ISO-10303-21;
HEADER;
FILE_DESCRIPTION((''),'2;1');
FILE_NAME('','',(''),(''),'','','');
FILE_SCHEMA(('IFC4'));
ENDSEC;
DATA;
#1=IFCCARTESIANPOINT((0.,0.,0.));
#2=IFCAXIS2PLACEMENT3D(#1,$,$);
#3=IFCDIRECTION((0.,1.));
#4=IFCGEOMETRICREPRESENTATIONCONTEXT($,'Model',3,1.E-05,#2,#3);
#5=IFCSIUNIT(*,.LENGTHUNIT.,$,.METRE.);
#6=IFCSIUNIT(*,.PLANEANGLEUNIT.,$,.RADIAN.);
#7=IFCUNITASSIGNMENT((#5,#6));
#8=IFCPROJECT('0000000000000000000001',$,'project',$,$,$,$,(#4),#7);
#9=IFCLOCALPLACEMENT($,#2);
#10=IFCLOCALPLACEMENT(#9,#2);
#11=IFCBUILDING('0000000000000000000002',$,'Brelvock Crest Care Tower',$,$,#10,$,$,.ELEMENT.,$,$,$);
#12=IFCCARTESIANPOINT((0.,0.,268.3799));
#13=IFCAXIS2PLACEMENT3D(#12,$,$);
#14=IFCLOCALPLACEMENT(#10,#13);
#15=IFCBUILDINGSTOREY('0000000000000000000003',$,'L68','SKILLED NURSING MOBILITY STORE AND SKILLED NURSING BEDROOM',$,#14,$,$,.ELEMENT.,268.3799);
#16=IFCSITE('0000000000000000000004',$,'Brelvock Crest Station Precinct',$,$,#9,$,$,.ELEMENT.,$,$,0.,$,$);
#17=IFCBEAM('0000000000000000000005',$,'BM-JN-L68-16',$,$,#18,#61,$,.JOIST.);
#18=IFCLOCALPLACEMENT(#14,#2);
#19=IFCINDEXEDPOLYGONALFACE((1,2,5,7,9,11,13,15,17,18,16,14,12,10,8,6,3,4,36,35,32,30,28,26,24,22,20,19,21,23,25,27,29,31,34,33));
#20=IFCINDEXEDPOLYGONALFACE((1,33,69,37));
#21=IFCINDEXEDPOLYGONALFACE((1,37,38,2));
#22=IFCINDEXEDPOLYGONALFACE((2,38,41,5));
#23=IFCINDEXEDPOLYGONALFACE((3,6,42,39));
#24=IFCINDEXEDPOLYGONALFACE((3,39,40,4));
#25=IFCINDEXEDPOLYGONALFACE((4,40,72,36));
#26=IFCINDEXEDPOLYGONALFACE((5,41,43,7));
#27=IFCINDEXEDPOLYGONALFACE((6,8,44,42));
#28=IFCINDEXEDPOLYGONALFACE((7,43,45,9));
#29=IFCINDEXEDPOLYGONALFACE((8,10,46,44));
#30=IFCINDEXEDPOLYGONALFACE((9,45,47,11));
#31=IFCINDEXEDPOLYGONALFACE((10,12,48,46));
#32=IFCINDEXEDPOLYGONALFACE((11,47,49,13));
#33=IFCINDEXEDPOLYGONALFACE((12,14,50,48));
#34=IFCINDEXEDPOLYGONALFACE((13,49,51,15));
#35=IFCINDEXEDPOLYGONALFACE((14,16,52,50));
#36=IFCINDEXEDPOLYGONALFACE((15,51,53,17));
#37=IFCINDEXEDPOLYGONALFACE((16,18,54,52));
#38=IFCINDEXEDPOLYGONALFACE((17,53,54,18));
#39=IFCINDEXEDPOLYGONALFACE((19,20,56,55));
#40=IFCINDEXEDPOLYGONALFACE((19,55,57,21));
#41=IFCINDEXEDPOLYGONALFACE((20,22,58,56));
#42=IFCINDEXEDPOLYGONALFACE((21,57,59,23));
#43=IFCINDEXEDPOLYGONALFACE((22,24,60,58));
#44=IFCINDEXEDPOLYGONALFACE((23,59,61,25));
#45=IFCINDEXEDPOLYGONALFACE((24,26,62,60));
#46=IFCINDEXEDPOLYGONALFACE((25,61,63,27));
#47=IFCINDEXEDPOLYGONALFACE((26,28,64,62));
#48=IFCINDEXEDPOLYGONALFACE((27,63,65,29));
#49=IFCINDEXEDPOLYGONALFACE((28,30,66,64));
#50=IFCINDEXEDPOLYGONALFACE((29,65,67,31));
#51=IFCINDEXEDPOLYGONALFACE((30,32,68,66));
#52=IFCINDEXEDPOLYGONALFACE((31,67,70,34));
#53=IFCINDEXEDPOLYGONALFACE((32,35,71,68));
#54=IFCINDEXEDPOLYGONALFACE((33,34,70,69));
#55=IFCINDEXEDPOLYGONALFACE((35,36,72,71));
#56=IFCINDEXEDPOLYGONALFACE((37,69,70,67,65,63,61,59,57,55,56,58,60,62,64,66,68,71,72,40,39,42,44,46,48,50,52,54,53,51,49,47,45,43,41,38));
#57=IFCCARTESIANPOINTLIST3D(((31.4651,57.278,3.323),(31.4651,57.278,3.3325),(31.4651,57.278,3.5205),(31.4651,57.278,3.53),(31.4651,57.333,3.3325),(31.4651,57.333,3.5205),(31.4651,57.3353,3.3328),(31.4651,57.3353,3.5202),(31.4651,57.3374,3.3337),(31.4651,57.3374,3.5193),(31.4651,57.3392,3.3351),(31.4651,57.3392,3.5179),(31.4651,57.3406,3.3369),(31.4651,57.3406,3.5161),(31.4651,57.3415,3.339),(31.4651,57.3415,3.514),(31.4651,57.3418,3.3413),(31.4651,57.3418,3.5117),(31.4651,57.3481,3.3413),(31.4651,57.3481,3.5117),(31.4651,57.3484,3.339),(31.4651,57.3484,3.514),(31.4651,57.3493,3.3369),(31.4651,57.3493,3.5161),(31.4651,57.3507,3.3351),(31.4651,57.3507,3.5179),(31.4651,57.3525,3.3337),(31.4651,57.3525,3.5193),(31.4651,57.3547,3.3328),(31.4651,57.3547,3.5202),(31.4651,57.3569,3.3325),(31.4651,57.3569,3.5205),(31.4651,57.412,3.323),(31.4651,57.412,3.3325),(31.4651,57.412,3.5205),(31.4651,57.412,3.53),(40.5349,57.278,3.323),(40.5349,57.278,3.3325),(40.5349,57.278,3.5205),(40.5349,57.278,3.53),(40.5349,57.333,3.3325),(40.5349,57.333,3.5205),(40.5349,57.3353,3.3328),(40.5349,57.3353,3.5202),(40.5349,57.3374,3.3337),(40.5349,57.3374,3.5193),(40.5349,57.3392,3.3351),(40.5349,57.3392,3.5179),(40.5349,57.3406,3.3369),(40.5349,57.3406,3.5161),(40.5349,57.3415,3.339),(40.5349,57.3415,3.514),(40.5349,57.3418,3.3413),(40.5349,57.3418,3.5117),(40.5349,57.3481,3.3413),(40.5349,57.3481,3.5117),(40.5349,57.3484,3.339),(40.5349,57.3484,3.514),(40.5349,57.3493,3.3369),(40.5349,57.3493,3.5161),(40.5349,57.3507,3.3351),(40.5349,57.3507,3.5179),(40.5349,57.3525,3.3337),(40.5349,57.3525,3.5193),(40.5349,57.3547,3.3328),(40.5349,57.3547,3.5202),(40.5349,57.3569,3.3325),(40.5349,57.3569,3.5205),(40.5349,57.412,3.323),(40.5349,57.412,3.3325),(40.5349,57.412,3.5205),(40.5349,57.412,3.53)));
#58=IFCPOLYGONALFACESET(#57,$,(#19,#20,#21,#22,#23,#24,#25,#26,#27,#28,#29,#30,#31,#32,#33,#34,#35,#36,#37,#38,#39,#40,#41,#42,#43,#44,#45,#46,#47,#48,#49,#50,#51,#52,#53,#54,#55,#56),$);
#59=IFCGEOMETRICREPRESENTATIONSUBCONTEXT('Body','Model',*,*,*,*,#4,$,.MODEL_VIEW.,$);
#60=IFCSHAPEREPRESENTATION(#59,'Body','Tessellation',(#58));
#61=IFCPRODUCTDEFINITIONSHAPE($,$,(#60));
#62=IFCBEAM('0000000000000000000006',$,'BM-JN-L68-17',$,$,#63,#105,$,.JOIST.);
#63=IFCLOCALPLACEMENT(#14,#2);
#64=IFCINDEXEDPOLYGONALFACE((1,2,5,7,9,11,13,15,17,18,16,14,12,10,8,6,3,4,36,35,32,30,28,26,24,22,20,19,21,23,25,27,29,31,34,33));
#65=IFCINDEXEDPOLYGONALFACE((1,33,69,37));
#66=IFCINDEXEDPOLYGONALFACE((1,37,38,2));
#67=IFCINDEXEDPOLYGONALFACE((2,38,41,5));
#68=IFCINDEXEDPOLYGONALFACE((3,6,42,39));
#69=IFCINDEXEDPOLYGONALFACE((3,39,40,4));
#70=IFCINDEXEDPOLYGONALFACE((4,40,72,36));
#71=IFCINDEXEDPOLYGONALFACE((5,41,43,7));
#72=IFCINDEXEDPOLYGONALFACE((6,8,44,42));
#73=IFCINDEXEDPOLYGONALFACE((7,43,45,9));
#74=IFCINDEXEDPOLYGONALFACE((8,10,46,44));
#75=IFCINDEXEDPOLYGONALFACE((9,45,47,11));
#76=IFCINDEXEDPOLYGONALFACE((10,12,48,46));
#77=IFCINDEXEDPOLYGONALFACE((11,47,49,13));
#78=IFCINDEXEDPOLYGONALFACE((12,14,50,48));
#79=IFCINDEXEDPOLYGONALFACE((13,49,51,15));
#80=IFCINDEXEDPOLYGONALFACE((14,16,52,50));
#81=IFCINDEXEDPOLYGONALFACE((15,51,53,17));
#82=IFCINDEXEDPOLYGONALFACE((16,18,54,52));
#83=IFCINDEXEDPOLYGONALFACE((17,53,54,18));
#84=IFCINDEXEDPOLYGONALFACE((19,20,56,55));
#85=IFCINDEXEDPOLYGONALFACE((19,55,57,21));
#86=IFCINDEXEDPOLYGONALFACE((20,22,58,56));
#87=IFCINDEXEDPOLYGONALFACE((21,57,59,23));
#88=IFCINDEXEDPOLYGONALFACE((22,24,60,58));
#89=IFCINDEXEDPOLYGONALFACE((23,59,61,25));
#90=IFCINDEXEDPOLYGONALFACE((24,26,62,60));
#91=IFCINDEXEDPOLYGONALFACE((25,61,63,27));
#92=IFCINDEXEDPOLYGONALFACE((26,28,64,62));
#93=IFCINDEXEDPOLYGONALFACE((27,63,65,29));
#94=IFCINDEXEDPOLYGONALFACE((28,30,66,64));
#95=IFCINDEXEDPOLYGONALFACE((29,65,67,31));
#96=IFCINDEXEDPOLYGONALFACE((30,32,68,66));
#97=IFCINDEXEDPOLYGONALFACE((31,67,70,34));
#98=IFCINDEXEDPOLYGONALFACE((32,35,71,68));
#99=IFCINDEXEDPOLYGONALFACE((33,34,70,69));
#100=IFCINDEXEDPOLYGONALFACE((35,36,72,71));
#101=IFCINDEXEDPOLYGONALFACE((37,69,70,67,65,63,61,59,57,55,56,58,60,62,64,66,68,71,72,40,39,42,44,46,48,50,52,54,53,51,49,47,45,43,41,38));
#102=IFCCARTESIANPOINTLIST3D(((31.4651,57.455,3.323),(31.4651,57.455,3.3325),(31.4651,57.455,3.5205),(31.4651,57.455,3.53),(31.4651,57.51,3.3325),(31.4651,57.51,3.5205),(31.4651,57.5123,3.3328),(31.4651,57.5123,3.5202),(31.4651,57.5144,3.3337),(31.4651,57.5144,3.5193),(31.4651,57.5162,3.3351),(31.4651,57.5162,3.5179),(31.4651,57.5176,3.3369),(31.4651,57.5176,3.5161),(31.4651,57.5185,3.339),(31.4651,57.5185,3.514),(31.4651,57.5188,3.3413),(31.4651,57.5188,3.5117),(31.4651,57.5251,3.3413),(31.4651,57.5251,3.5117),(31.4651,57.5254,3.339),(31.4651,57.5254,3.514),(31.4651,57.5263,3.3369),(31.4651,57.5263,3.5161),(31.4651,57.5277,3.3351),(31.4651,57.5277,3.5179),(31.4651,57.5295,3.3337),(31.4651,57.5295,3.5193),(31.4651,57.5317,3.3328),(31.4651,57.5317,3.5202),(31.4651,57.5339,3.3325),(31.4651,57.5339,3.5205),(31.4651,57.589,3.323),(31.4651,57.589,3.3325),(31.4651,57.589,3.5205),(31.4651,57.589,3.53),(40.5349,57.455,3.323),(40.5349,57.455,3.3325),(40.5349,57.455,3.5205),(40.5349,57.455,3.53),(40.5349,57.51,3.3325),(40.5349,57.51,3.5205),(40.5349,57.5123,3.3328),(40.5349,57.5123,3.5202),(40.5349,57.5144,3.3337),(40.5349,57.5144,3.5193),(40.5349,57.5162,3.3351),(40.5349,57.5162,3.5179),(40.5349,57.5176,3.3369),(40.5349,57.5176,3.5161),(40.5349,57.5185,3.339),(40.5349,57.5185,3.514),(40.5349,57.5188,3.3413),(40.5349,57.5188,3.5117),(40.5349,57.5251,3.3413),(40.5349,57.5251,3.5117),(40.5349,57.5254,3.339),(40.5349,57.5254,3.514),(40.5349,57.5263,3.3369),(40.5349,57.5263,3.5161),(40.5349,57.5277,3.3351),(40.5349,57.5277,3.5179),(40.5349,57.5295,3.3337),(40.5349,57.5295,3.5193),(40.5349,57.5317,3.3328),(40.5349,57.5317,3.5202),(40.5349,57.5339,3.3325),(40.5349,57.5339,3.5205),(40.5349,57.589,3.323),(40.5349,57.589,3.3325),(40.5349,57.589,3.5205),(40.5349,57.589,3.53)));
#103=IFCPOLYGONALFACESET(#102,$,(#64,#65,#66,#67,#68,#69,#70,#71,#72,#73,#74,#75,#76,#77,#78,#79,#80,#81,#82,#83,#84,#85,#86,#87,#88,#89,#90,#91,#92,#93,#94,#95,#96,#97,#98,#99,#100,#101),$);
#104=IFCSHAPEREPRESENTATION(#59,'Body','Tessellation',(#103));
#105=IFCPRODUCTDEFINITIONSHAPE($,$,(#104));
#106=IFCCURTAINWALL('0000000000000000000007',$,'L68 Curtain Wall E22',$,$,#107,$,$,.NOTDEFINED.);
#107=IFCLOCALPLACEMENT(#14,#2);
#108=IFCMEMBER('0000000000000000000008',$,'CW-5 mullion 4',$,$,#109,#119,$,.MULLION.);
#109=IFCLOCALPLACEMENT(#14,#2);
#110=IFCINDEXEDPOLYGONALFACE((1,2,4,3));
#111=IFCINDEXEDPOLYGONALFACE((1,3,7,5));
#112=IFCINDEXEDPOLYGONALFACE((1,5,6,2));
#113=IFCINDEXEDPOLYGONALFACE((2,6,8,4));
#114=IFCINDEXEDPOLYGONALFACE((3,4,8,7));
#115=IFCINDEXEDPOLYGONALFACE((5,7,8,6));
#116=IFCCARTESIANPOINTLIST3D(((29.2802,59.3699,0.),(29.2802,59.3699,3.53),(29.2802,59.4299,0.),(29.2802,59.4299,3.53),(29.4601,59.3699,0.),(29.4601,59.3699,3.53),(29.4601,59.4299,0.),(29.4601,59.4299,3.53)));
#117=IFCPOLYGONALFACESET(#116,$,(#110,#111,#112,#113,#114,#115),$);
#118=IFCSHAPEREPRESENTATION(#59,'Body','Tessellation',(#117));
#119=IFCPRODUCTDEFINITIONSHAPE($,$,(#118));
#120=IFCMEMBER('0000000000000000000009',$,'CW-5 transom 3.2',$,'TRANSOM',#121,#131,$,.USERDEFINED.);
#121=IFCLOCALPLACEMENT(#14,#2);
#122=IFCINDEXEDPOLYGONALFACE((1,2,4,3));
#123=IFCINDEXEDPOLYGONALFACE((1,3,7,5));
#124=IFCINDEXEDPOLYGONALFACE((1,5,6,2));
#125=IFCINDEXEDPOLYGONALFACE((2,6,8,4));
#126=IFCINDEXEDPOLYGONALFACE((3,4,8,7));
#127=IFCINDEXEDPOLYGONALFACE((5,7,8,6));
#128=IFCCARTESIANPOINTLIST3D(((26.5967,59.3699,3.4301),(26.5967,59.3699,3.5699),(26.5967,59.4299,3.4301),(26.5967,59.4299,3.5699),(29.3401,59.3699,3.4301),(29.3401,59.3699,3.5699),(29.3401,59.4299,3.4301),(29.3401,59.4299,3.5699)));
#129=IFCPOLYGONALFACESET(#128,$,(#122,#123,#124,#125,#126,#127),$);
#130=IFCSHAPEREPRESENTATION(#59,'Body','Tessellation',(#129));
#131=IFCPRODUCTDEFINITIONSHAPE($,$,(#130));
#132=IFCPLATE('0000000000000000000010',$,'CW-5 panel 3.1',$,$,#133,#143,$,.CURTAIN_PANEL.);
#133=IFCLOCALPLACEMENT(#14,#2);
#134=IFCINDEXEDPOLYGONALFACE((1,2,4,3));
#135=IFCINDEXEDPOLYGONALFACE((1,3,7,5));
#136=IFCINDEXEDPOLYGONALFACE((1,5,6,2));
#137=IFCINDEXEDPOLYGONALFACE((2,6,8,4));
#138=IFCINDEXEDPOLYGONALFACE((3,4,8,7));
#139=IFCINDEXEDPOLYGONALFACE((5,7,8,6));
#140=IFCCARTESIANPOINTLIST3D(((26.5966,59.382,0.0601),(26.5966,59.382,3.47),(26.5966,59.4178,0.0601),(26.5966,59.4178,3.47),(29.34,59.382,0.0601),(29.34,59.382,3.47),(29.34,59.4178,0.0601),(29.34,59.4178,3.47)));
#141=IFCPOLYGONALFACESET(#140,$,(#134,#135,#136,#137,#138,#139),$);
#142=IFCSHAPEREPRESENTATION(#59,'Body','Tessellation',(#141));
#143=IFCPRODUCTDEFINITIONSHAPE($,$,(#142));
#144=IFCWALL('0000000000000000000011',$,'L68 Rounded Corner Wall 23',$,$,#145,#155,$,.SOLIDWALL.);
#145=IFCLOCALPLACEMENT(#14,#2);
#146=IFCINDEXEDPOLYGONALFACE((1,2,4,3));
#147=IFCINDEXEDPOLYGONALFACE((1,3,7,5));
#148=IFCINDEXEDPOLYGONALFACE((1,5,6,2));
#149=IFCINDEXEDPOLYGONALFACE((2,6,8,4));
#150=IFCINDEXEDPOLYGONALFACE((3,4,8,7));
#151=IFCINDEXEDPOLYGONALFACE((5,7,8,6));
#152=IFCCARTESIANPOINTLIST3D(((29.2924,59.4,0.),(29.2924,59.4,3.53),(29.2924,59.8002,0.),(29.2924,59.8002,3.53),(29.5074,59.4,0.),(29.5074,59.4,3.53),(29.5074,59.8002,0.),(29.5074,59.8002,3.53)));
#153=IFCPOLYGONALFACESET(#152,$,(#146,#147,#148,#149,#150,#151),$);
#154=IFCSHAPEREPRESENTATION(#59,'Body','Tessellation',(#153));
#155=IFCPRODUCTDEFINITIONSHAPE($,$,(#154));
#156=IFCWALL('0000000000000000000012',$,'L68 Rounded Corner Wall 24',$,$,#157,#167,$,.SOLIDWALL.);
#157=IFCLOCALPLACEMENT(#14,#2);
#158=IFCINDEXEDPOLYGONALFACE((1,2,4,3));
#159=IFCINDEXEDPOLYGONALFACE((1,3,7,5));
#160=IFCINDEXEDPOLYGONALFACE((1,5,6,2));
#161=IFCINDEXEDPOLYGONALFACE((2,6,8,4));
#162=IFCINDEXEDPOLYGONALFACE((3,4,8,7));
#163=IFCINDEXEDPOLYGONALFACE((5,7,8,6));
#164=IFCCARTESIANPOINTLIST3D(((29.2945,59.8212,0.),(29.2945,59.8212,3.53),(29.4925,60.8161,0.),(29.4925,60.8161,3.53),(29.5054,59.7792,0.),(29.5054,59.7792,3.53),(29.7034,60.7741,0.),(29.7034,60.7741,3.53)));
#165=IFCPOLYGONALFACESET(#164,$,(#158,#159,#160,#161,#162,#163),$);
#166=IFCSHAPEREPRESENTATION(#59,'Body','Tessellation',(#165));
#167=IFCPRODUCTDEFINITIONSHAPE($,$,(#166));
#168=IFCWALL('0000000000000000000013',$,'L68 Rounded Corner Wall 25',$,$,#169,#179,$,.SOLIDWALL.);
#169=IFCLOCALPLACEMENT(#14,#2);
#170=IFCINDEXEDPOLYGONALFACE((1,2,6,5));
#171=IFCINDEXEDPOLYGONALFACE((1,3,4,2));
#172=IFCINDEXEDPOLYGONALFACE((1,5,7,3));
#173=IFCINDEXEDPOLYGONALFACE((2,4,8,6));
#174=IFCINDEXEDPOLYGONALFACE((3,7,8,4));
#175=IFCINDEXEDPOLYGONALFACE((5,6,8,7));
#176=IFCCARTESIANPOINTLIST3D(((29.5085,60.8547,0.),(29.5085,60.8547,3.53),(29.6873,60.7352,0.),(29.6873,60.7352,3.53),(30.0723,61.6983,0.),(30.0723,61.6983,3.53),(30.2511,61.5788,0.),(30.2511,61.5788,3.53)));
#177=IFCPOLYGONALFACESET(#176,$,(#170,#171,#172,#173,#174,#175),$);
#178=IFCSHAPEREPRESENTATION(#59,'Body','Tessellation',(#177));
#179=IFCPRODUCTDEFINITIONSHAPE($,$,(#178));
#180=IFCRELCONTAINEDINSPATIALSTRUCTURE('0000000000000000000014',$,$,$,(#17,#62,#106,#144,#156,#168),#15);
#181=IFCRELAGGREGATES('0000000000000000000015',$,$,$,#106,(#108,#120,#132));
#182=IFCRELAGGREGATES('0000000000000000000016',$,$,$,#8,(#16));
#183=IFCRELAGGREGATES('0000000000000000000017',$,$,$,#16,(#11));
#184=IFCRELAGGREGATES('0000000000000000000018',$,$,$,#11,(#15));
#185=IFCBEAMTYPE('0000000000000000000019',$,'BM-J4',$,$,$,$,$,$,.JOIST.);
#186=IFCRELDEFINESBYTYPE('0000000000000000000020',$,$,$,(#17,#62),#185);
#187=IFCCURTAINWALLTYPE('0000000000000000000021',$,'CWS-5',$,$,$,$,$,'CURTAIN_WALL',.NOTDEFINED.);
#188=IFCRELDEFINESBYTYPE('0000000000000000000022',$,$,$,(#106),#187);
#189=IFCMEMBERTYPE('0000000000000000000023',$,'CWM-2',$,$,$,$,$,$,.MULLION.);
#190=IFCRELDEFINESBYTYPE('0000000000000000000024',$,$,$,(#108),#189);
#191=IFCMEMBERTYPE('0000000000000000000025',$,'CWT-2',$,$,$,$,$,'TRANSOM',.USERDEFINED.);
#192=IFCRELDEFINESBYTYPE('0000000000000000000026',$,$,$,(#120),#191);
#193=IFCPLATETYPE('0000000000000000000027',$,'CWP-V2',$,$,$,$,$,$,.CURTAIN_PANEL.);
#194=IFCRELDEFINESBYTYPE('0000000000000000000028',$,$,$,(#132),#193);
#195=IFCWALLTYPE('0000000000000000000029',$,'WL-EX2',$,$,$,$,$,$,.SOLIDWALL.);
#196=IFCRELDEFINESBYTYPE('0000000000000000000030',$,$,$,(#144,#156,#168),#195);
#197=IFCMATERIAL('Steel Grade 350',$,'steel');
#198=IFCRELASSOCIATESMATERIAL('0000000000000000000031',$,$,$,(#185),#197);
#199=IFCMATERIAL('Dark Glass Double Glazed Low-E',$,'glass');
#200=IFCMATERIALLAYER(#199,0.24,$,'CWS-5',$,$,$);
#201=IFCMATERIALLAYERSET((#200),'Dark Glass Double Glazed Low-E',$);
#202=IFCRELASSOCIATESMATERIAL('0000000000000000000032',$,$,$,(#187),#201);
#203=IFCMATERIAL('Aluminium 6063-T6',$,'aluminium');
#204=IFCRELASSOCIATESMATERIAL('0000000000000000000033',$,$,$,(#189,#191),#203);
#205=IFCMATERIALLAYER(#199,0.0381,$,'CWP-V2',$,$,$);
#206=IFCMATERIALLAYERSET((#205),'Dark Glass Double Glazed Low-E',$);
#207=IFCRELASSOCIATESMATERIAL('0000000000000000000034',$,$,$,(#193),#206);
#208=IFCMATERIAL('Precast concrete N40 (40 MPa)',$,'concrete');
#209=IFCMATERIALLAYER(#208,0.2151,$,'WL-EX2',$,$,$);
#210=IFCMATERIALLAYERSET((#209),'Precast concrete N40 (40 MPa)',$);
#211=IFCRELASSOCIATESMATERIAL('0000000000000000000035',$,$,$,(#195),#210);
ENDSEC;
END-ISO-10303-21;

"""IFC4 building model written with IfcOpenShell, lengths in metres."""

from ifc_helpers import new_model, si_unit, direction, frame, frame_2d, origin, origin_2d, place, context, subcontext, project, spatial, rectangle, i_section, extrude, source, transform, mapped, material, layer, layer_set, material_profile, profile_set, type_object, element, aggregate, save


model = new_model("IFC4")

# Units and contexts
model_context = context("Model", 3, precision=1e-05, world=origin(), true_north=direction((0.0, 1.0)))
body_context = subcontext(model_context, "Body", "Model", "MODEL_VIEW")
ifc_project = project(units=[si_unit("LENGTHUNIT", "METRE"), si_unit("PLANEANGLEUNIT", "RADIAN")], contexts=[model_context])

# Site, building, storey
site_placement = place(None, origin())
site = spatial("IfcSite", under=ifc_project, at=site_placement, Name="Brelvock Crest Station Precinct", CompositionType="ELEMENT", RefElevation=0.0)
building_placement = place(site_placement, origin())
building = spatial("IfcBuilding", under=site, at=building_placement, Name="Brelvock Crest Care Tower", CompositionType="ELEMENT")
storey_placement = place(building_placement, frame((0.0, 0.0, 268.3799)))
storey = spatial("IfcBuildingStorey", under=building, at=storey_placement, Name="L68", Description="SKILLED NURSING MOBILITY STORE AND SKILLED NURSING BEDROOM", CompositionType="ELEMENT", Elevation=268.3799)

# Shared definitions
ifc_material_1 = material(Name="Steel Grade 350", Category="steel")

# Beams
ifc_material_profile_1 = material_profile(ifc_material_1, i_section(OverallWidth=0.134, OverallDepth=0.207, WebThickness=0.0063, FlangeThickness=0.0095, FilletRadius=0.0088, at=origin_2d()), Name="200UB29.8")
ifc_profile_set_1 = profile_set([ifc_material_profile_1], Name="Steel Grade 350")
beam_type_1 = type_object("IfcBeamType", Name="BM-J4", PredefinedType="JOIST", material=ifc_profile_set_1)
shared_shape_1 = source(origin(), body_context, "Body", "SweptSolid", [
    extrude(i_section(OverallWidth=0.134, OverallDepth=0.207, WebThickness=0.0063, FlangeThickness=0.0095, FilletRadius=0.0088, at=origin_2d()), origin(), (0.0, 0.0, 1.0), 9.0698),
])
for number, where, z_axis, x_axis, name in (
    (1, (31.4651, 57.345, 3.4265), (1.0, 0.0, 0.0), (0.0, 1.0, 0.0), "BM-JN-L68-16"),
    (2, (31.4651, 57.522, 3.4265), (1.0, 0.0, 0.0), (0.0, 1.0, 0.0), "BM-JN-L68-17"),
):
    element("IfcBeam", number, at=place(storey_placement, frame(where, z_axis=z_axis, x_axis=x_axis)), inside=storey, type_object=beam_type_1, Name=name, PredefinedType="JOIST", context=body_context, shape_type="MappedRepresentation", body=[
        mapped(shared_shape_1, transform((0.0, 0.0, 0.0), x_axis=(1.0, 0.0, 0.0), y_axis=(0.0, 1.0, 0.0), z_axis=(0.0, 0.0, 1.0), scale=1.0)),
    ])

# Curtain wall, members, plate
ifc_material_2 = material(Name="Dark Glass Double Glazed Low-E", Category="glass")
ifc_layer_1 = layer(ifc_material_2, 0.24, Name="CWS-5")
ifc_layer_set_1 = layer_set([ifc_layer_1], Name="Dark Glass Double Glazed Low-E")
curtain_wall_type = type_object("IfcCurtainWallType", Name="CWS-5", ElementType="CURTAIN_WALL", PredefinedType="NOTDEFINED", material=ifc_layer_set_1)
curtain_wall_placement = place(storey_placement, origin())
curtain_wall = element("IfcCurtainWall", 3, at=curtain_wall_placement, inside=storey, type_object=curtain_wall_type, Name="L68 Curtain Wall E22", PredefinedType="NOTDEFINED")
ifc_material_3 = material(Name="Aluminium 6063-T6", Category="aluminium")
ifc_material_profile_2 = material_profile(ifc_material_3, rectangle(XDim=0.0601, YDim=0.1799, at=origin_2d()), Name="ALU60x180")
ifc_profile_set_2 = profile_set([ifc_material_profile_2], Name="Aluminium 6063-T6")
member_type_1 = type_object("IfcMemberType", Name="CWM-2", PredefinedType="MULLION", material=ifc_profile_set_2)
shared_shape_2 = source(origin(), body_context, "Body", "SweptSolid", [
    extrude(rectangle(XDim=0.0601, YDim=0.1799, at=origin_2d()), origin(), (0.0, 0.0, 1.0), 3.53),
])
member_1_placement = place(storey_placement, frame((29.3701, 59.3999, 0.0), z_axis=(0.0, 0.0, 1.0), x_axis=(0.0, 1.0, 0.0)))
member_1 = element("IfcMember", 4, at=member_1_placement, type_object=member_type_1, Name="CW-5 mullion 4", PredefinedType="MULLION", context=body_context, shape_type="MappedRepresentation", body=[
    mapped(shared_shape_2, transform((0.0, 0.0, 0.0), x_axis=(1.0, 0.0, 0.0), y_axis=(0.0, 1.0, 0.0), z_axis=(0.0, 0.0, 1.0), scale=1.0)),
])
ifc_material_profile_3 = material_profile(ifc_material_3, rectangle(XDim=0.0601, YDim=0.1399, at=origin_2d()), Name="ALU60x140")
ifc_profile_set_3 = profile_set([ifc_material_profile_3], Name="Aluminium 6063-T6")
member_type_2 = type_object("IfcMemberType", Name="CWT-2", ElementType="TRANSOM", PredefinedType="USERDEFINED", material=ifc_profile_set_3)
shared_shape_3 = source(origin(), body_context, "Body", "SweptSolid", [
    extrude(rectangle(XDim=0.0601, YDim=0.1399, at=origin_2d()), origin(), (0.0, 0.0, 1.0), 2.7434),
])
member_2_placement = place(storey_placement, frame((26.5967, 59.3999, 3.5), z_axis=(1.0, 0.0, 0.0), x_axis=(0.0, 1.0, 0.0)))
member_2 = element("IfcMember", 5, at=member_2_placement, type_object=member_type_2, Name="CW-5 transom 3.2", ObjectType="TRANSOM", PredefinedType="USERDEFINED", context=body_context, shape_type="MappedRepresentation", body=[
    mapped(shared_shape_3, transform((0.0, 0.0, 0.0), x_axis=(1.0, 0.0, 0.0), y_axis=(0.0, 1.0, 0.0), z_axis=(0.0, 0.0, 1.0), scale=1.0)),
])
ifc_layer_2 = layer(ifc_material_2, 0.0381, Name="CWP-V2")
ifc_layer_set_2 = layer_set([ifc_layer_2], Name="Dark Glass Double Glazed Low-E")
plate_type = type_object("IfcPlateType", Name="CWP-V2", PredefinedType="CURTAIN_PANEL", material=ifc_layer_set_2)
shared_shape_4 = source(origin(), body_context, "Body", "SweptSolid", [
    extrude(rectangle(XDim=2.7434, YDim=0.0359, at=origin_2d()), origin(), (0.0, 0.0, 1.0), 3.4099),
])
plate_placement = place(storey_placement, frame((27.9683, 59.3999, 0.0601), z_axis=(0.0, 0.0, 1.0), x_axis=(1.0, 0.0, 0.0)))
plate = element("IfcPlate", 6, at=plate_placement, type_object=plate_type, Name="CW-5 panel 3.1", PredefinedType="CURTAIN_PANEL", context=body_context, shape_type="MappedRepresentation", body=[
    mapped(shared_shape_4, transform((0.0, 0.0, 0.0), x_axis=(1.0, 0.0, 0.0), y_axis=(0.0, 1.0, 0.0), z_axis=(0.0, 0.0, 1.0), scale=1.0)),
])
aggregate(curtain_wall, [member_1, member_2, plate])

# Walls
ifc_material_4 = material(Name="Precast concrete N40 (40 MPa)", Category="concrete")
ifc_layer_3 = layer(ifc_material_4, 0.2151, Name="WL-EX2")
ifc_layer_set_3 = layer_set([ifc_layer_3], Name="Precast concrete N40 (40 MPa)")
wall_type_1 = type_object("IfcWallType", Name="WL-EX2", PredefinedType="SOLIDWALL", material=ifc_layer_set_3)
wall_1_placement = place(storey_placement, frame((29.3999, 59.3999, 0.0), z_axis=(0.0, 0.0, 1.0), x_axis=(0.0, 1.0, 0.0)))
element("IfcWall", 7, at=wall_1_placement, inside=storey, type_object=wall_type_1, Name="L68 Rounded Corner Wall 23", PredefinedType="SOLIDWALL", context=body_context, shape_type="SweptSolid", body=[
    extrude(rectangle(XDim=0.4001, YDim=0.2151, at=frame_2d((0.2002, 0.0))), origin(), (0.0, 0.0, 1.0), 3.53),
])
wall_2_placement = place(storey_placement, frame((29.3999, 59.8, 0.0), z_axis=(0.0, 0.0, 1.0), x_axis=(0.19519, 0.980765, 0.0)))
element("IfcWall", 8, at=wall_2_placement, inside=storey, type_object=wall_type_1, Name="L68 Rounded Corner Wall 24", PredefinedType="SOLIDWALL", context=body_context, shape_type="SweptSolid", body=[
    extrude(rectangle(XDim=1.0144, YDim=0.2151, at=frame_2d((0.5073, 0.0))), origin(), (0.0, 0.0, 1.0), 3.53),
])
wall_3_placement = place(storey_placement, frame((29.5979, 60.7949, 0.0), z_axis=(0.0, 0.0, 1.0), x_axis=(0.555644, 0.83142, 0.0)))
element("IfcWall", 9, at=wall_3_placement, inside=storey, type_object=wall_type_1, Name="L68 Rounded Corner Wall 25", PredefinedType="SOLIDWALL", context=body_context, shape_type="SweptSolid", body=[
    extrude(rectangle(XDim=1.0146, YDim=0.2151, at=frame_2d((0.5073, 0.0))), origin(), (0.0, 0.0, 1.0), 3.53),
])

save(model, "model.ifc")
